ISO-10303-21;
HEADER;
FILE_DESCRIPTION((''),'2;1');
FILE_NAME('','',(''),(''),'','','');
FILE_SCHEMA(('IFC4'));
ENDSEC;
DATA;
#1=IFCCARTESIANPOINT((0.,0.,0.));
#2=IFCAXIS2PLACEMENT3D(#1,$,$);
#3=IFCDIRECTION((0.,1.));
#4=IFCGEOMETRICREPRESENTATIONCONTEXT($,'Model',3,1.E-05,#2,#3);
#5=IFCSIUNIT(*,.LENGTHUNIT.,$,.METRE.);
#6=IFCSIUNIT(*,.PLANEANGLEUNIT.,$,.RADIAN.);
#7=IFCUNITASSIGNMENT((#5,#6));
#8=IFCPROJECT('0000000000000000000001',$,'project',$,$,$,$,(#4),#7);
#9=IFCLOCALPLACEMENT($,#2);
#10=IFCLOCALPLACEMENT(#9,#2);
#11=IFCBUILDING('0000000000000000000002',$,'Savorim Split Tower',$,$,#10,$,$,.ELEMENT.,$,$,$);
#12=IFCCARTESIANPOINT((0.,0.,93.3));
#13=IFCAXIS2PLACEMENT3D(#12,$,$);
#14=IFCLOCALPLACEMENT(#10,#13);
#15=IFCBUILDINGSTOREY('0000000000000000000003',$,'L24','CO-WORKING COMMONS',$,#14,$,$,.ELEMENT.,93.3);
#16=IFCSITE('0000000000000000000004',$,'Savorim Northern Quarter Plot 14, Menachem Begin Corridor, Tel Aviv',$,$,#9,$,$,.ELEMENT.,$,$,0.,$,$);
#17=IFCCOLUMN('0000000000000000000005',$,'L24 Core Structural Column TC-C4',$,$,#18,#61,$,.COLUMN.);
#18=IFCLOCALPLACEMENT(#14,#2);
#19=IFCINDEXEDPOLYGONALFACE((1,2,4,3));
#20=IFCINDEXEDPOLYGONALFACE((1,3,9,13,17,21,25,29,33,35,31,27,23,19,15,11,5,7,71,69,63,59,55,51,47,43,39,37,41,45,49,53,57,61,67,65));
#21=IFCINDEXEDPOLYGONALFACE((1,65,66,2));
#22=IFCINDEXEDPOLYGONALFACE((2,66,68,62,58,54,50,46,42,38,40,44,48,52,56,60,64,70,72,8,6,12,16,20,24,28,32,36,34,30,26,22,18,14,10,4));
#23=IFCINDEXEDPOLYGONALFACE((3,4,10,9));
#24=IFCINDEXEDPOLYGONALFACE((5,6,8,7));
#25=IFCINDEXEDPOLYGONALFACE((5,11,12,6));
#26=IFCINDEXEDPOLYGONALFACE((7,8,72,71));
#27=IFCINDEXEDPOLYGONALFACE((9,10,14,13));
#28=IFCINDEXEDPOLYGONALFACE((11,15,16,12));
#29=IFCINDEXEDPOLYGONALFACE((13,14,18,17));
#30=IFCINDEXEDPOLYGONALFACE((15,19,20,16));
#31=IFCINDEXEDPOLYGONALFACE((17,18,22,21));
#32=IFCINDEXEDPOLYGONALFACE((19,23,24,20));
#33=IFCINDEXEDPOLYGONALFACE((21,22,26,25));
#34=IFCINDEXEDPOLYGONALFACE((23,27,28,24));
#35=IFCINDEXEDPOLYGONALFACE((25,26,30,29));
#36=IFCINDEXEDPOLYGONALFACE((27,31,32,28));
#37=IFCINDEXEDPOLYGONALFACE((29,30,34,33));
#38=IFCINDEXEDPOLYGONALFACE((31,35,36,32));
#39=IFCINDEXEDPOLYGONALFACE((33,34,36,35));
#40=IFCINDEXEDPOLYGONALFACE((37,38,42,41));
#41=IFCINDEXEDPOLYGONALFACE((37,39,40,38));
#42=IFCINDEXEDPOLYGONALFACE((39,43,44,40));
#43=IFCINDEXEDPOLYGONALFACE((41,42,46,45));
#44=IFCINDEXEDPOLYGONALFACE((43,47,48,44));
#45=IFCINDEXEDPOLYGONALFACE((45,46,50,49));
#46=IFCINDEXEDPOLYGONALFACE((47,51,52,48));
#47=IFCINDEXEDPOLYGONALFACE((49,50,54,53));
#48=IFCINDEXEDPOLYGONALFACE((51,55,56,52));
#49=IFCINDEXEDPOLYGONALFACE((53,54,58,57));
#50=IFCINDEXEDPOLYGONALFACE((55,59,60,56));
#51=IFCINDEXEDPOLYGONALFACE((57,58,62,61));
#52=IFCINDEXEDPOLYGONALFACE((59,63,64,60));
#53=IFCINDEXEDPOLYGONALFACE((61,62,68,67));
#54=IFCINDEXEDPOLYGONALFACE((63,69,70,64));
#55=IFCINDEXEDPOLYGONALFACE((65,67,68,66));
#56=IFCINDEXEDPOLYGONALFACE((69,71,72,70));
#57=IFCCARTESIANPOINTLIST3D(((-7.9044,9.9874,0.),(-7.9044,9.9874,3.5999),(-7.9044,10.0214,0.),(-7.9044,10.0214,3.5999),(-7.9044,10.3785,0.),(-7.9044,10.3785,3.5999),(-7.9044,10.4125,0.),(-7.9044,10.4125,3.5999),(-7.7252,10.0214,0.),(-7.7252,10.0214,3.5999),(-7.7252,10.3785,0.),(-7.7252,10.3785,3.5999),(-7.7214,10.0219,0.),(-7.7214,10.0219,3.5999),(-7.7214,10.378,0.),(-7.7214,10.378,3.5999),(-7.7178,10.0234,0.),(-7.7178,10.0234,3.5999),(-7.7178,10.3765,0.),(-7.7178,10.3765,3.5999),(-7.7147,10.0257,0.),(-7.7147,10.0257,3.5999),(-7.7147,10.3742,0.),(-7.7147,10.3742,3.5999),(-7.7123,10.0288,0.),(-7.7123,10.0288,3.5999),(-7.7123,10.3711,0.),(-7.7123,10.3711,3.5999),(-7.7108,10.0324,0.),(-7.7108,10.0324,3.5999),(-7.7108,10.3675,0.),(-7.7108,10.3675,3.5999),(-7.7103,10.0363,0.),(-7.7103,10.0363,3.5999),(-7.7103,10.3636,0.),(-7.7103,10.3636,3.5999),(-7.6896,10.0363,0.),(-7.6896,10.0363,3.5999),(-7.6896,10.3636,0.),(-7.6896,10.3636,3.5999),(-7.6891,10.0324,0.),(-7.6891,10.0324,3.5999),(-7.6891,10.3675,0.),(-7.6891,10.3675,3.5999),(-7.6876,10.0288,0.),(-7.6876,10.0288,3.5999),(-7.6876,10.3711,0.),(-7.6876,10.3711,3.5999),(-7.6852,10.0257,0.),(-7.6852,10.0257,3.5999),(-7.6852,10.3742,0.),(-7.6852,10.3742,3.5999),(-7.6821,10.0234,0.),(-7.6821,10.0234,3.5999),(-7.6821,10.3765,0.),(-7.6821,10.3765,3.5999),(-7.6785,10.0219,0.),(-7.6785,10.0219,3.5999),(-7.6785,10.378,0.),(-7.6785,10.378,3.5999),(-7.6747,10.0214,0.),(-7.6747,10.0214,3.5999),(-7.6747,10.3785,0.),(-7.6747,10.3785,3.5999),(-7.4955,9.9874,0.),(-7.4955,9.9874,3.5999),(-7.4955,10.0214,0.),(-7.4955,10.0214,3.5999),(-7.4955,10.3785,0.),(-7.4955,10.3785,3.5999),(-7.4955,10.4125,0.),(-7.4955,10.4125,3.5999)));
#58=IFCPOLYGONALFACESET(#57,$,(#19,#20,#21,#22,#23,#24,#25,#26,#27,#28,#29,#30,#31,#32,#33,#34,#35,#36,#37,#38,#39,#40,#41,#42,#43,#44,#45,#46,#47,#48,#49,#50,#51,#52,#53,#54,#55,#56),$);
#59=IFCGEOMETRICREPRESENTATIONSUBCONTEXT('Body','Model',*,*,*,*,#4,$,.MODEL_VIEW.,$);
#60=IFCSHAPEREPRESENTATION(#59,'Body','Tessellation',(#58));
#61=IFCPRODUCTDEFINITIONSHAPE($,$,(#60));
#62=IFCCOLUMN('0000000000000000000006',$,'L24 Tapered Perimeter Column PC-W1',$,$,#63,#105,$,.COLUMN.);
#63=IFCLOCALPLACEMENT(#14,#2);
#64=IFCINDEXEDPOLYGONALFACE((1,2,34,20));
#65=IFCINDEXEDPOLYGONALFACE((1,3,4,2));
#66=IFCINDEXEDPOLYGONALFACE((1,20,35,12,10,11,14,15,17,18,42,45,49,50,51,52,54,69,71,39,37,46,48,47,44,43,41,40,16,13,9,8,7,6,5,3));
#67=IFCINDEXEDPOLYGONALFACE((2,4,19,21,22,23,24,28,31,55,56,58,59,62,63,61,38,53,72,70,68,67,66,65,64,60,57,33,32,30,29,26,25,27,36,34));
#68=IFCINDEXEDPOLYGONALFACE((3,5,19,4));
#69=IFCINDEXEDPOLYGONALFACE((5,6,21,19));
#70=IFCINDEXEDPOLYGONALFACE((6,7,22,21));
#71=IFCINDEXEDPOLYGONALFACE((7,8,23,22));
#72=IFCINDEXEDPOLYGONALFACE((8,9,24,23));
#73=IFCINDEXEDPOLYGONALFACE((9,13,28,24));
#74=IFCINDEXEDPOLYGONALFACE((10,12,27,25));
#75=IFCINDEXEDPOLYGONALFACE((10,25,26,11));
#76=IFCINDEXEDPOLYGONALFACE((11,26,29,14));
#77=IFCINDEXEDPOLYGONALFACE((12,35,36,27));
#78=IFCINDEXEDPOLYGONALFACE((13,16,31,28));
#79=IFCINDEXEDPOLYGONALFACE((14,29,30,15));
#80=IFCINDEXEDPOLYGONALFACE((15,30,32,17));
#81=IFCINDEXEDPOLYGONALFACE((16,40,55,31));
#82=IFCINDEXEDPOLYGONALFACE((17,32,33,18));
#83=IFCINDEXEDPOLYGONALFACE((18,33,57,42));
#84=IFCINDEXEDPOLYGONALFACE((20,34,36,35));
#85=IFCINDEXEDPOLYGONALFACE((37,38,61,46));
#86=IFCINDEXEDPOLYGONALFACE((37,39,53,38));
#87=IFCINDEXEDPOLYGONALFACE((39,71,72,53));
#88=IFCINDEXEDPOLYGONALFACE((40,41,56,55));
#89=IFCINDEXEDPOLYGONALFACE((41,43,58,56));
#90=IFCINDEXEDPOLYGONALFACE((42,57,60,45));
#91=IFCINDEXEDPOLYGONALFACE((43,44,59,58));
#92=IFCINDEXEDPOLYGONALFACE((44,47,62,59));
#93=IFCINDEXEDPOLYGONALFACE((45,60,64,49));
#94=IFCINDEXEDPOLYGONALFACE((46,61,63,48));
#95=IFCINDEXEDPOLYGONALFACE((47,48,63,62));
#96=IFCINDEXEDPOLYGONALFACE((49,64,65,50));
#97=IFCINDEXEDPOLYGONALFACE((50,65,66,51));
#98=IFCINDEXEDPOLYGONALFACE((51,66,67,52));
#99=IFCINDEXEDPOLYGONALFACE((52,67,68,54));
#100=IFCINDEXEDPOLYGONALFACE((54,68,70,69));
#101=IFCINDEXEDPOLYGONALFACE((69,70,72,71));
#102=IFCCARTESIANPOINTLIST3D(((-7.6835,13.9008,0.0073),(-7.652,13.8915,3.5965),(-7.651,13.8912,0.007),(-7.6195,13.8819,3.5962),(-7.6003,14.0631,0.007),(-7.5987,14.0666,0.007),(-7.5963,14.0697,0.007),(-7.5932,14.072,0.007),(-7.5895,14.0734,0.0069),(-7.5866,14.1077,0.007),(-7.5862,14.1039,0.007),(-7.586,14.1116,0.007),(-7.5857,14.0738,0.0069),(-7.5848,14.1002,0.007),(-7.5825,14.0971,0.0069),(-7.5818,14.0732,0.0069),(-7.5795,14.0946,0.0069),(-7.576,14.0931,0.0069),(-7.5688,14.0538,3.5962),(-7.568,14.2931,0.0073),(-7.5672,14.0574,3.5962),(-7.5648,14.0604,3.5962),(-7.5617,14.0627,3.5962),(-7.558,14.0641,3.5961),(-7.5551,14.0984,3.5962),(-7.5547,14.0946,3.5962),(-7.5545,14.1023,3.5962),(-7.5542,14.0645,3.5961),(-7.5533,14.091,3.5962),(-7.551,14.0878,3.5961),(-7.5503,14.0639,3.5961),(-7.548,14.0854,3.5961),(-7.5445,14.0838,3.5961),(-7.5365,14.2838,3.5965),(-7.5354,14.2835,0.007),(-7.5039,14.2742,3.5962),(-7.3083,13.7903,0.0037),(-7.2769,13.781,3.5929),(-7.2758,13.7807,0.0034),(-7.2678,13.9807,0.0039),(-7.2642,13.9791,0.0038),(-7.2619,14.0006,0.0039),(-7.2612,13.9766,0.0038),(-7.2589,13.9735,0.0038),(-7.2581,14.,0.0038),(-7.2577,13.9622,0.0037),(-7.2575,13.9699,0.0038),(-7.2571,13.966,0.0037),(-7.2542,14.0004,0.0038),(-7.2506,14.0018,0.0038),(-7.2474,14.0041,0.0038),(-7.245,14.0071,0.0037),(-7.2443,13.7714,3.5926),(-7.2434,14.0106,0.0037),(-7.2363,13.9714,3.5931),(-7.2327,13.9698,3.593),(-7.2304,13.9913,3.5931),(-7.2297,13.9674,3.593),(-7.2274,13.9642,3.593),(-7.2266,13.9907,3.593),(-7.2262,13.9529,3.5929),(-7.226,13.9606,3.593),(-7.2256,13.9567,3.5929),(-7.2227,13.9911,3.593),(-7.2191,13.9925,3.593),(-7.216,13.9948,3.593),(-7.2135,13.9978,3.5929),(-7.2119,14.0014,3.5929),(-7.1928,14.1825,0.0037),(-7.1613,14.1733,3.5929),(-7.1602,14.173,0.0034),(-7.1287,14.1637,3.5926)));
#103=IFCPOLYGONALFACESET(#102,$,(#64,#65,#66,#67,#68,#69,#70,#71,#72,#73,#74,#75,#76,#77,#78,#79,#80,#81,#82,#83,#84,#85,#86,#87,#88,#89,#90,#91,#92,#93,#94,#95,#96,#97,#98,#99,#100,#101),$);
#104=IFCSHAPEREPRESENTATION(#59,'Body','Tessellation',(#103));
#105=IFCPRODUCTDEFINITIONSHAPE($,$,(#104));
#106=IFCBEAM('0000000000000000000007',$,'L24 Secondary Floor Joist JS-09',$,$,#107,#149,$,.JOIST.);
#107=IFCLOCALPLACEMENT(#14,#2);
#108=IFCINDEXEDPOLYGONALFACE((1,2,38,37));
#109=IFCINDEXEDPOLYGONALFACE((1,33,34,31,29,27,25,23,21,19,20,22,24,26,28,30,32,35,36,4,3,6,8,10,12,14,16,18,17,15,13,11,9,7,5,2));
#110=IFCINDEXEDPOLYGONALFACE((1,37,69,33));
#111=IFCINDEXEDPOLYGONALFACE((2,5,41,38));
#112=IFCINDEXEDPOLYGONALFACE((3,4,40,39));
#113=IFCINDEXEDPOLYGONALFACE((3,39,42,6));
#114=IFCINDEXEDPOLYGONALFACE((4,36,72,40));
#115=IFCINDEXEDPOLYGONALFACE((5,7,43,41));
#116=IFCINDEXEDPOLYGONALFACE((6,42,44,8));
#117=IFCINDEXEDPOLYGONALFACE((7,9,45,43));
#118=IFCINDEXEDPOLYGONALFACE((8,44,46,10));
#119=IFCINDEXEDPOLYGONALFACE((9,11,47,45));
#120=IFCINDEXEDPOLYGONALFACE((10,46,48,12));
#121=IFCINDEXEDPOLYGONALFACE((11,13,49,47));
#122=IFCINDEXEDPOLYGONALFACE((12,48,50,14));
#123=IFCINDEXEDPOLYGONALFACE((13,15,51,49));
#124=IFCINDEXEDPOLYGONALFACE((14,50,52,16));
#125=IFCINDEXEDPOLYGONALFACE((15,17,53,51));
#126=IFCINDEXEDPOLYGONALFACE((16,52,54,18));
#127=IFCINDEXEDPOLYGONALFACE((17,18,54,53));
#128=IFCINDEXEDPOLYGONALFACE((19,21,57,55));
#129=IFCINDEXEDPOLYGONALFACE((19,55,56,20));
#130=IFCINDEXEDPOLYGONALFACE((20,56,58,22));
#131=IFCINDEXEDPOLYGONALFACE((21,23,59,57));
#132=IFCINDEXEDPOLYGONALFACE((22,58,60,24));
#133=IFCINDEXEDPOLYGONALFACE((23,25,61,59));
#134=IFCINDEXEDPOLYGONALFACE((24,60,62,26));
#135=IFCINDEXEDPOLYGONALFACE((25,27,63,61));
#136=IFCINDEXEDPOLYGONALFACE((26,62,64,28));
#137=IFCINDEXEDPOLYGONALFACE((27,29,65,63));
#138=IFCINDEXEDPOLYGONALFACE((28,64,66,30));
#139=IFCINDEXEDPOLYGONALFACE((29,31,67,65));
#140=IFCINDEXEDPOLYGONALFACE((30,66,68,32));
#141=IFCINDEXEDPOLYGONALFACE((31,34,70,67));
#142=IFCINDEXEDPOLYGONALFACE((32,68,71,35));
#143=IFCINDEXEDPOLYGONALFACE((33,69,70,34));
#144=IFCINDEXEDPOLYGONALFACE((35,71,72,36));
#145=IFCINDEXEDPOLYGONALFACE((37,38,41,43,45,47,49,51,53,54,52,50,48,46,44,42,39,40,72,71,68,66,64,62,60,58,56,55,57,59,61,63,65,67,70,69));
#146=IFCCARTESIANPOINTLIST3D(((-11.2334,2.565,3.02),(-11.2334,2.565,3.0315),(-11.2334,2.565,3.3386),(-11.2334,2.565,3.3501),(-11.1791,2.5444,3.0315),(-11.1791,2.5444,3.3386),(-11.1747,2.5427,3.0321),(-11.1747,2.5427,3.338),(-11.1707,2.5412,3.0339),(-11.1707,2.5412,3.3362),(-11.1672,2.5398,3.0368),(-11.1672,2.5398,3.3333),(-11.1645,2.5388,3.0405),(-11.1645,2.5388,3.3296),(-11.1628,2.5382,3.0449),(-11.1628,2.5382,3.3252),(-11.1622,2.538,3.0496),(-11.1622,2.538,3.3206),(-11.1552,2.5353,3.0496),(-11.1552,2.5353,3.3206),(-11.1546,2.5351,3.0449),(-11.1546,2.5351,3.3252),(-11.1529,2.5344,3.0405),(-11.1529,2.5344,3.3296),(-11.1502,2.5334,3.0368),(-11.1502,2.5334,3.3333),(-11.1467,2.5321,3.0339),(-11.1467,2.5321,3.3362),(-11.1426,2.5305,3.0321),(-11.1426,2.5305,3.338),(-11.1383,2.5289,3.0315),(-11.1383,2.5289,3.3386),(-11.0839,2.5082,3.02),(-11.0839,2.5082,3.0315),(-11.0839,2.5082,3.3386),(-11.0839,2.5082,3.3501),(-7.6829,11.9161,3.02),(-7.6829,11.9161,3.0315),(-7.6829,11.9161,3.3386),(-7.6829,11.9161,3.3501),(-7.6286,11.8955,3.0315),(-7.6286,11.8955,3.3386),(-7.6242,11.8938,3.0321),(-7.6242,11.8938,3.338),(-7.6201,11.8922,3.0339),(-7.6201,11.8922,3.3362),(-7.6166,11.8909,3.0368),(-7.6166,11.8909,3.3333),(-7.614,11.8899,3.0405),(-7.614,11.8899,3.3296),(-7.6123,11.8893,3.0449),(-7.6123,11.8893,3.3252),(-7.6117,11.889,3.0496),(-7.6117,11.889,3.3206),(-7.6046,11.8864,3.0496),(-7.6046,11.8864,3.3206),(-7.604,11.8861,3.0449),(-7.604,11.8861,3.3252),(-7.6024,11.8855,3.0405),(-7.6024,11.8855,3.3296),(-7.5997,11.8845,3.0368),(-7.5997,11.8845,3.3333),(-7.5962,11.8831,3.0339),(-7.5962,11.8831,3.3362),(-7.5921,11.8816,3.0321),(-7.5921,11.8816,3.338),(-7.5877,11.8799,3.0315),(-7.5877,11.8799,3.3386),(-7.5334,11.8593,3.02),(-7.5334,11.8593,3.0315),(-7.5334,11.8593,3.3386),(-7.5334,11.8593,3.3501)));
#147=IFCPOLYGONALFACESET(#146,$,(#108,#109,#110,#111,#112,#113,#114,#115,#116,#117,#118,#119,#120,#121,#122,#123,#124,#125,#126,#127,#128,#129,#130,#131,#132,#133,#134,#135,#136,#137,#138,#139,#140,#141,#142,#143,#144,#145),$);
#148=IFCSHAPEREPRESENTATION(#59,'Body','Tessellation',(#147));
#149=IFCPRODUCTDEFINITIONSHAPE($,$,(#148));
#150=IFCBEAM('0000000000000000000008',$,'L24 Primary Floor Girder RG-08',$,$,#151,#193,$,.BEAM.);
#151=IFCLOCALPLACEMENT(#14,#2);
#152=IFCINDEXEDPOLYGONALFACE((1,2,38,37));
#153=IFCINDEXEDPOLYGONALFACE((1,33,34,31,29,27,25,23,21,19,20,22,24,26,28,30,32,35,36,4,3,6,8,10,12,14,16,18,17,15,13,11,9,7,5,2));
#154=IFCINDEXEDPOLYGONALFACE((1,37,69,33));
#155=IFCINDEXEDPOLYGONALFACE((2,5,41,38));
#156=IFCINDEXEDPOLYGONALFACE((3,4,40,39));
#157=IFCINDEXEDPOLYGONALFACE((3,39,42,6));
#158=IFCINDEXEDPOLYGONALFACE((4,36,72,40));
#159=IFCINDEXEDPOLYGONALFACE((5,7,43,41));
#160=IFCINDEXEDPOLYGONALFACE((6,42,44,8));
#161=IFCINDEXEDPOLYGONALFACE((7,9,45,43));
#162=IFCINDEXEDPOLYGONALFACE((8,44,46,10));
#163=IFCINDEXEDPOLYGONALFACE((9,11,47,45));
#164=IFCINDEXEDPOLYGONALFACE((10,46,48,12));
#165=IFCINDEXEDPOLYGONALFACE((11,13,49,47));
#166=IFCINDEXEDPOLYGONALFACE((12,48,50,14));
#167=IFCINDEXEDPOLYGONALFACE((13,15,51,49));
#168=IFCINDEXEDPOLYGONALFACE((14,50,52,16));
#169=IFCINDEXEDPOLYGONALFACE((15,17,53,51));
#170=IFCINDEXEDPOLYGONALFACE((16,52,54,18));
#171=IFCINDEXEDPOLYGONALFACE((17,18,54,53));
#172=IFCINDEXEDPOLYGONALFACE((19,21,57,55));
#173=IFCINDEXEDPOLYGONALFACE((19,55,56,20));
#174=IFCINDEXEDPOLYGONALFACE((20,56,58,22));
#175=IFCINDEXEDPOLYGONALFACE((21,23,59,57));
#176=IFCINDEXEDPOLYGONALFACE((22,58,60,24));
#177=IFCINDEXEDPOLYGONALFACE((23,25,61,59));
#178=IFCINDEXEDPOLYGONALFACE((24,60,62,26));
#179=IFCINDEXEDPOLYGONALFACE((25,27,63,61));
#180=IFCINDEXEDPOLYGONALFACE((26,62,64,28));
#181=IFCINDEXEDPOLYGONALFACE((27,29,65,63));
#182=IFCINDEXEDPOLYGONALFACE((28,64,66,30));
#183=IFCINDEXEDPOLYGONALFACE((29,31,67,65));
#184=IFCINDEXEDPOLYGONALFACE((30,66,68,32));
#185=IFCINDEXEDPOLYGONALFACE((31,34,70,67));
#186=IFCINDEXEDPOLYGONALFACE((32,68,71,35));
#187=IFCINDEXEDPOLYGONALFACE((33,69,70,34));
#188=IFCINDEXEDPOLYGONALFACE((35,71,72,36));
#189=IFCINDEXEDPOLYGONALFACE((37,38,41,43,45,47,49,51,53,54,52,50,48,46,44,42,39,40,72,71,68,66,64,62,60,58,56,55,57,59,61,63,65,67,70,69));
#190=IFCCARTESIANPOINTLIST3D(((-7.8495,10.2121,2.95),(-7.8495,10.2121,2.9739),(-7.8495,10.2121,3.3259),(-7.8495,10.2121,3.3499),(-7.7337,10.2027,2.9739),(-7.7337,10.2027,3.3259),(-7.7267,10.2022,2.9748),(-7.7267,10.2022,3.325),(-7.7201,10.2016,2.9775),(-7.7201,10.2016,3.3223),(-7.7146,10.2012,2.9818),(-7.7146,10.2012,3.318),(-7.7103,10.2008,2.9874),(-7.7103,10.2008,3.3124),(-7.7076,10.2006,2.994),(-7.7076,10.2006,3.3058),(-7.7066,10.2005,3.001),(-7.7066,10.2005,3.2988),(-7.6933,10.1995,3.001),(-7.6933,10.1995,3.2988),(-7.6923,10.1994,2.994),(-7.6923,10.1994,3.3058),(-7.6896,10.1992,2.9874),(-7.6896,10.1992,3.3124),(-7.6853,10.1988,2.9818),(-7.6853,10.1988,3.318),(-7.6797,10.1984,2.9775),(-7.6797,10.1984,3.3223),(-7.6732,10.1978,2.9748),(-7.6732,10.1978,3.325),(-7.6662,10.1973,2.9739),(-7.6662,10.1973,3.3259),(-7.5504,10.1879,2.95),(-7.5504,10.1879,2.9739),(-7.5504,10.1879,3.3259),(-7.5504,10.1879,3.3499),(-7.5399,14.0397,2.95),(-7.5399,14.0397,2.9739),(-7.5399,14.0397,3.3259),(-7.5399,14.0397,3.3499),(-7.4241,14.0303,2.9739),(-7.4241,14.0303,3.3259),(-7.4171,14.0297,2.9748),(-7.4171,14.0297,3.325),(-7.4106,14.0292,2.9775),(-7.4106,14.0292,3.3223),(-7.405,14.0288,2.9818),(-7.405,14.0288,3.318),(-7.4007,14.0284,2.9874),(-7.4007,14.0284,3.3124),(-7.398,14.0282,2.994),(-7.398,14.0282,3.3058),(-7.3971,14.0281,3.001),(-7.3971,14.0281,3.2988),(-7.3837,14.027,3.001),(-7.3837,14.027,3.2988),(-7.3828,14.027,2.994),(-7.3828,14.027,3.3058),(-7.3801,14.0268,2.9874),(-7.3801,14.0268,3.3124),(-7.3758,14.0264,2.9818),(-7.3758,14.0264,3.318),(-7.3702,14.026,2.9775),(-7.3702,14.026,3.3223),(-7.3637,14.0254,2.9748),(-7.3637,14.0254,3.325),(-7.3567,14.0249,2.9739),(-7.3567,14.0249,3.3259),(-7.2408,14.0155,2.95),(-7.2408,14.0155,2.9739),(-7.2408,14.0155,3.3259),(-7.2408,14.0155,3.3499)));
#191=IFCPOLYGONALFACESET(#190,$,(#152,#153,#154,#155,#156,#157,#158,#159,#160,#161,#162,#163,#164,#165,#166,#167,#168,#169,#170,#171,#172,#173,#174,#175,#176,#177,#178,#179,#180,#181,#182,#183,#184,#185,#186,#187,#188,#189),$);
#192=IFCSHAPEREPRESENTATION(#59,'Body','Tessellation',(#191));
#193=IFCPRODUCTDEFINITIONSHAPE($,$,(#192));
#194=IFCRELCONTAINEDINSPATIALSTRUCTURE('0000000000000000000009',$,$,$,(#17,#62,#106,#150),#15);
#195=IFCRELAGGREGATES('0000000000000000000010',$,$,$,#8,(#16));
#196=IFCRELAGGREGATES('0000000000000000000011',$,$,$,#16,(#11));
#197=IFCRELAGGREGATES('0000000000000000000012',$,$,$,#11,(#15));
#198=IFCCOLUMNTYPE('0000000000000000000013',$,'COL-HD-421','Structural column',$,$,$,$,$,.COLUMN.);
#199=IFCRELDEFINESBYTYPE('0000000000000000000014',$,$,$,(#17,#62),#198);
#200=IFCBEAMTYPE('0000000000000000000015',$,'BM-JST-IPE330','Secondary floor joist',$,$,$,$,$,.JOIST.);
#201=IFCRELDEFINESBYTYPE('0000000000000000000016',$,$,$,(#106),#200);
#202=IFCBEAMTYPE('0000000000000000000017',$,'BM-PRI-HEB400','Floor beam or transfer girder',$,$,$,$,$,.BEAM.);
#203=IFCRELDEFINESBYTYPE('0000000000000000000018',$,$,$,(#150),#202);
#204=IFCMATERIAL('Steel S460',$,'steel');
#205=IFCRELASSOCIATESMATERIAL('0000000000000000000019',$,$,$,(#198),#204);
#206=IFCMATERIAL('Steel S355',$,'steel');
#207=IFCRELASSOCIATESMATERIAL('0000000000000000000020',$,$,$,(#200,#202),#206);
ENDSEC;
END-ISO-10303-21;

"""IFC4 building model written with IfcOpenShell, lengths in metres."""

from ifc_helpers import new_model, si_unit, direction, frame, origin, origin_2d, place, context, subcontext, project, spatial, i_section, extrude, material, material_profile, profile_set, type_object, element, save


model = new_model("IFC4")

# Units and contexts
model_context = context("Model", 3, precision=1e-05, world=origin(), true_north=direction((0.0, 1.0)))
body_context = subcontext(model_context, "Body", "Model", "MODEL_VIEW")
ifc_project = project(units=[si_unit("LENGTHUNIT", "METRE"), si_unit("PLANEANGLEUNIT", "RADIAN")], contexts=[model_context])

# Site, building, storey
site_placement = place(None, origin())
site = spatial("IfcSite", under=ifc_project, at=site_placement, Name="Savorim Northern Quarter Plot 14, Menachem Begin Corridor, Tel Aviv", CompositionType="ELEMENT", RefElevation=0.0)
building_placement = place(site_placement, origin())
building = spatial("IfcBuilding", under=site, at=building_placement, Name="Savorim Split Tower", CompositionType="ELEMENT")
storey_placement = place(building_placement, frame((0.0, 0.0, 93.3)))
storey = spatial("IfcBuildingStorey", under=building, at=storey_placement, Name="L24", Description="CO-WORKING COMMONS", CompositionType="ELEMENT", Elevation=93.3)

# Columns
ifc_material_1 = material(Name="Steel S460", Category="steel")
ifc_material_profile_1 = material_profile(ifc_material_1, i_section(OverallWidth=0.4089, OverallDepth=0.425, WebThickness=0.0208, FlangeThickness=0.0339, FilletRadius=0.0149, at=origin_2d()), Name="HD 400x421")
ifc_profile_set_1 = profile_set([ifc_material_profile_1], Name="Steel S460")
column_type = type_object("IfcColumnType", Name="COL-HD-421", Description="Structural column", PredefinedType="COLUMN", material=ifc_profile_set_1)
column_1_placement = place(storey_placement, frame((-7.7, 10.2, 0.0), z_axis=(0.0, 0.0, 1.0), x_axis=(1.0, 0.0, 0.0)))
element("IfcColumn", 1, at=column_1_placement, inside=storey, type_object=column_type, Name="L24 Core Structural Column TC-C4", PredefinedType="COLUMN", context=body_context, shape_type="SweptSolid", body=[
    extrude(i_section(OverallWidth=0.4089, OverallDepth=0.425, WebThickness=0.0208, FlangeThickness=0.0339, FilletRadius=0.0149, at=origin_2d()), origin(), (0.0, 0.0, 1.0), 3.5999),
])
column_2_placement = place(storey_placement, frame((-7.4219, 14.0369, 0.0054), z_axis=(0.008775, -0.002585, 0.999958), x_axis=(0.282569, 0.959247, 0.0)))
element("IfcColumn", 2, at=column_2_placement, inside=storey, type_object=column_type, Name="L24 Tapered Perimeter Column PC-W1", PredefinedType="COLUMN", context=body_context, shape_type="SweptSolid", body=[
    extrude(i_section(OverallWidth=0.4089, OverallDepth=0.425, WebThickness=0.0208, FlangeThickness=0.0339, FilletRadius=0.0149, at=origin_2d()), origin(), (0.0, 0.0, 1.0), 3.5894),
])

# Beams
ifc_material_2 = material(Name="Steel S355", Category="steel")
ifc_material_profile_2 = material_profile(ifc_material_2, i_section(OverallWidth=0.1599, OverallDepth=0.3301, WebThickness=0.0076, FlangeThickness=0.0115, FilletRadius=0.0181, at=origin_2d()), Name="IPE 330")
ifc_profile_set_2 = profile_set([ifc_material_profile_2], Name="Steel S355")
beam_type_1 = type_object("IfcBeamType", Name="BM-JST-IPE330", Description="Secondary floor joist", PredefinedType="JOIST", material=ifc_profile_set_2)
beam_1_placement = place(storey_placement, frame((-7.6082, 11.8877, 3.1851), z_axis=(-0.354967, -0.934879, 0.0), x_axis=(0.934879, -0.354967, 0.0)))
element("IfcBeam", 3, at=beam_1_placement, inside=storey, type_object=beam_type_1, Name="L24 Secondary Floor Joist JS-09", PredefinedType="JOIST", context=body_context, shape_type="SweptSolid", body=[
    extrude(i_section(OverallWidth=0.1599, OverallDepth=0.3301, WebThickness=0.0076, FlangeThickness=0.0115, FilletRadius=0.0181, at=origin_2d()), origin(), (0.0, 0.0, 1.0), 10.0024),
])
ifc_material_profile_3 = material_profile(ifc_material_2, i_section(OverallWidth=0.3, OverallDepth=0.3999, WebThickness=0.0134, FlangeThickness=0.0239, FilletRadius=0.0271, at=origin_2d()), Name="HEB 400")
ifc_profile_set_3 = profile_set([ifc_material_profile_3], Name="Steel S355")
beam_type_2 = type_object("IfcBeamType", Name="BM-PRI-HEB400", Description="Floor beam or transfer girder", PredefinedType="BEAM", material=ifc_profile_set_3)
beam_2_placement = place(storey_placement, frame((-7.3904, 14.0276, 3.1499), z_axis=(-0.080614, -0.996745, 0.0), x_axis=(0.996745, -0.080614, 0.0)))
element("IfcBeam", 4, at=beam_2_placement, inside=storey, type_object=beam_type_2, Name="L24 Primary Floor Girder RG-08", PredefinedType="BEAM", context=body_context, shape_type="SweptSolid", body=[
    extrude(i_section(OverallWidth=0.3, OverallDepth=0.3999, WebThickness=0.0134, FlangeThickness=0.0239, FilletRadius=0.0271, at=origin_2d()), origin(), (0.0, 0.0, 1.0), 3.8401),
])

save(model, "model.ifc")
